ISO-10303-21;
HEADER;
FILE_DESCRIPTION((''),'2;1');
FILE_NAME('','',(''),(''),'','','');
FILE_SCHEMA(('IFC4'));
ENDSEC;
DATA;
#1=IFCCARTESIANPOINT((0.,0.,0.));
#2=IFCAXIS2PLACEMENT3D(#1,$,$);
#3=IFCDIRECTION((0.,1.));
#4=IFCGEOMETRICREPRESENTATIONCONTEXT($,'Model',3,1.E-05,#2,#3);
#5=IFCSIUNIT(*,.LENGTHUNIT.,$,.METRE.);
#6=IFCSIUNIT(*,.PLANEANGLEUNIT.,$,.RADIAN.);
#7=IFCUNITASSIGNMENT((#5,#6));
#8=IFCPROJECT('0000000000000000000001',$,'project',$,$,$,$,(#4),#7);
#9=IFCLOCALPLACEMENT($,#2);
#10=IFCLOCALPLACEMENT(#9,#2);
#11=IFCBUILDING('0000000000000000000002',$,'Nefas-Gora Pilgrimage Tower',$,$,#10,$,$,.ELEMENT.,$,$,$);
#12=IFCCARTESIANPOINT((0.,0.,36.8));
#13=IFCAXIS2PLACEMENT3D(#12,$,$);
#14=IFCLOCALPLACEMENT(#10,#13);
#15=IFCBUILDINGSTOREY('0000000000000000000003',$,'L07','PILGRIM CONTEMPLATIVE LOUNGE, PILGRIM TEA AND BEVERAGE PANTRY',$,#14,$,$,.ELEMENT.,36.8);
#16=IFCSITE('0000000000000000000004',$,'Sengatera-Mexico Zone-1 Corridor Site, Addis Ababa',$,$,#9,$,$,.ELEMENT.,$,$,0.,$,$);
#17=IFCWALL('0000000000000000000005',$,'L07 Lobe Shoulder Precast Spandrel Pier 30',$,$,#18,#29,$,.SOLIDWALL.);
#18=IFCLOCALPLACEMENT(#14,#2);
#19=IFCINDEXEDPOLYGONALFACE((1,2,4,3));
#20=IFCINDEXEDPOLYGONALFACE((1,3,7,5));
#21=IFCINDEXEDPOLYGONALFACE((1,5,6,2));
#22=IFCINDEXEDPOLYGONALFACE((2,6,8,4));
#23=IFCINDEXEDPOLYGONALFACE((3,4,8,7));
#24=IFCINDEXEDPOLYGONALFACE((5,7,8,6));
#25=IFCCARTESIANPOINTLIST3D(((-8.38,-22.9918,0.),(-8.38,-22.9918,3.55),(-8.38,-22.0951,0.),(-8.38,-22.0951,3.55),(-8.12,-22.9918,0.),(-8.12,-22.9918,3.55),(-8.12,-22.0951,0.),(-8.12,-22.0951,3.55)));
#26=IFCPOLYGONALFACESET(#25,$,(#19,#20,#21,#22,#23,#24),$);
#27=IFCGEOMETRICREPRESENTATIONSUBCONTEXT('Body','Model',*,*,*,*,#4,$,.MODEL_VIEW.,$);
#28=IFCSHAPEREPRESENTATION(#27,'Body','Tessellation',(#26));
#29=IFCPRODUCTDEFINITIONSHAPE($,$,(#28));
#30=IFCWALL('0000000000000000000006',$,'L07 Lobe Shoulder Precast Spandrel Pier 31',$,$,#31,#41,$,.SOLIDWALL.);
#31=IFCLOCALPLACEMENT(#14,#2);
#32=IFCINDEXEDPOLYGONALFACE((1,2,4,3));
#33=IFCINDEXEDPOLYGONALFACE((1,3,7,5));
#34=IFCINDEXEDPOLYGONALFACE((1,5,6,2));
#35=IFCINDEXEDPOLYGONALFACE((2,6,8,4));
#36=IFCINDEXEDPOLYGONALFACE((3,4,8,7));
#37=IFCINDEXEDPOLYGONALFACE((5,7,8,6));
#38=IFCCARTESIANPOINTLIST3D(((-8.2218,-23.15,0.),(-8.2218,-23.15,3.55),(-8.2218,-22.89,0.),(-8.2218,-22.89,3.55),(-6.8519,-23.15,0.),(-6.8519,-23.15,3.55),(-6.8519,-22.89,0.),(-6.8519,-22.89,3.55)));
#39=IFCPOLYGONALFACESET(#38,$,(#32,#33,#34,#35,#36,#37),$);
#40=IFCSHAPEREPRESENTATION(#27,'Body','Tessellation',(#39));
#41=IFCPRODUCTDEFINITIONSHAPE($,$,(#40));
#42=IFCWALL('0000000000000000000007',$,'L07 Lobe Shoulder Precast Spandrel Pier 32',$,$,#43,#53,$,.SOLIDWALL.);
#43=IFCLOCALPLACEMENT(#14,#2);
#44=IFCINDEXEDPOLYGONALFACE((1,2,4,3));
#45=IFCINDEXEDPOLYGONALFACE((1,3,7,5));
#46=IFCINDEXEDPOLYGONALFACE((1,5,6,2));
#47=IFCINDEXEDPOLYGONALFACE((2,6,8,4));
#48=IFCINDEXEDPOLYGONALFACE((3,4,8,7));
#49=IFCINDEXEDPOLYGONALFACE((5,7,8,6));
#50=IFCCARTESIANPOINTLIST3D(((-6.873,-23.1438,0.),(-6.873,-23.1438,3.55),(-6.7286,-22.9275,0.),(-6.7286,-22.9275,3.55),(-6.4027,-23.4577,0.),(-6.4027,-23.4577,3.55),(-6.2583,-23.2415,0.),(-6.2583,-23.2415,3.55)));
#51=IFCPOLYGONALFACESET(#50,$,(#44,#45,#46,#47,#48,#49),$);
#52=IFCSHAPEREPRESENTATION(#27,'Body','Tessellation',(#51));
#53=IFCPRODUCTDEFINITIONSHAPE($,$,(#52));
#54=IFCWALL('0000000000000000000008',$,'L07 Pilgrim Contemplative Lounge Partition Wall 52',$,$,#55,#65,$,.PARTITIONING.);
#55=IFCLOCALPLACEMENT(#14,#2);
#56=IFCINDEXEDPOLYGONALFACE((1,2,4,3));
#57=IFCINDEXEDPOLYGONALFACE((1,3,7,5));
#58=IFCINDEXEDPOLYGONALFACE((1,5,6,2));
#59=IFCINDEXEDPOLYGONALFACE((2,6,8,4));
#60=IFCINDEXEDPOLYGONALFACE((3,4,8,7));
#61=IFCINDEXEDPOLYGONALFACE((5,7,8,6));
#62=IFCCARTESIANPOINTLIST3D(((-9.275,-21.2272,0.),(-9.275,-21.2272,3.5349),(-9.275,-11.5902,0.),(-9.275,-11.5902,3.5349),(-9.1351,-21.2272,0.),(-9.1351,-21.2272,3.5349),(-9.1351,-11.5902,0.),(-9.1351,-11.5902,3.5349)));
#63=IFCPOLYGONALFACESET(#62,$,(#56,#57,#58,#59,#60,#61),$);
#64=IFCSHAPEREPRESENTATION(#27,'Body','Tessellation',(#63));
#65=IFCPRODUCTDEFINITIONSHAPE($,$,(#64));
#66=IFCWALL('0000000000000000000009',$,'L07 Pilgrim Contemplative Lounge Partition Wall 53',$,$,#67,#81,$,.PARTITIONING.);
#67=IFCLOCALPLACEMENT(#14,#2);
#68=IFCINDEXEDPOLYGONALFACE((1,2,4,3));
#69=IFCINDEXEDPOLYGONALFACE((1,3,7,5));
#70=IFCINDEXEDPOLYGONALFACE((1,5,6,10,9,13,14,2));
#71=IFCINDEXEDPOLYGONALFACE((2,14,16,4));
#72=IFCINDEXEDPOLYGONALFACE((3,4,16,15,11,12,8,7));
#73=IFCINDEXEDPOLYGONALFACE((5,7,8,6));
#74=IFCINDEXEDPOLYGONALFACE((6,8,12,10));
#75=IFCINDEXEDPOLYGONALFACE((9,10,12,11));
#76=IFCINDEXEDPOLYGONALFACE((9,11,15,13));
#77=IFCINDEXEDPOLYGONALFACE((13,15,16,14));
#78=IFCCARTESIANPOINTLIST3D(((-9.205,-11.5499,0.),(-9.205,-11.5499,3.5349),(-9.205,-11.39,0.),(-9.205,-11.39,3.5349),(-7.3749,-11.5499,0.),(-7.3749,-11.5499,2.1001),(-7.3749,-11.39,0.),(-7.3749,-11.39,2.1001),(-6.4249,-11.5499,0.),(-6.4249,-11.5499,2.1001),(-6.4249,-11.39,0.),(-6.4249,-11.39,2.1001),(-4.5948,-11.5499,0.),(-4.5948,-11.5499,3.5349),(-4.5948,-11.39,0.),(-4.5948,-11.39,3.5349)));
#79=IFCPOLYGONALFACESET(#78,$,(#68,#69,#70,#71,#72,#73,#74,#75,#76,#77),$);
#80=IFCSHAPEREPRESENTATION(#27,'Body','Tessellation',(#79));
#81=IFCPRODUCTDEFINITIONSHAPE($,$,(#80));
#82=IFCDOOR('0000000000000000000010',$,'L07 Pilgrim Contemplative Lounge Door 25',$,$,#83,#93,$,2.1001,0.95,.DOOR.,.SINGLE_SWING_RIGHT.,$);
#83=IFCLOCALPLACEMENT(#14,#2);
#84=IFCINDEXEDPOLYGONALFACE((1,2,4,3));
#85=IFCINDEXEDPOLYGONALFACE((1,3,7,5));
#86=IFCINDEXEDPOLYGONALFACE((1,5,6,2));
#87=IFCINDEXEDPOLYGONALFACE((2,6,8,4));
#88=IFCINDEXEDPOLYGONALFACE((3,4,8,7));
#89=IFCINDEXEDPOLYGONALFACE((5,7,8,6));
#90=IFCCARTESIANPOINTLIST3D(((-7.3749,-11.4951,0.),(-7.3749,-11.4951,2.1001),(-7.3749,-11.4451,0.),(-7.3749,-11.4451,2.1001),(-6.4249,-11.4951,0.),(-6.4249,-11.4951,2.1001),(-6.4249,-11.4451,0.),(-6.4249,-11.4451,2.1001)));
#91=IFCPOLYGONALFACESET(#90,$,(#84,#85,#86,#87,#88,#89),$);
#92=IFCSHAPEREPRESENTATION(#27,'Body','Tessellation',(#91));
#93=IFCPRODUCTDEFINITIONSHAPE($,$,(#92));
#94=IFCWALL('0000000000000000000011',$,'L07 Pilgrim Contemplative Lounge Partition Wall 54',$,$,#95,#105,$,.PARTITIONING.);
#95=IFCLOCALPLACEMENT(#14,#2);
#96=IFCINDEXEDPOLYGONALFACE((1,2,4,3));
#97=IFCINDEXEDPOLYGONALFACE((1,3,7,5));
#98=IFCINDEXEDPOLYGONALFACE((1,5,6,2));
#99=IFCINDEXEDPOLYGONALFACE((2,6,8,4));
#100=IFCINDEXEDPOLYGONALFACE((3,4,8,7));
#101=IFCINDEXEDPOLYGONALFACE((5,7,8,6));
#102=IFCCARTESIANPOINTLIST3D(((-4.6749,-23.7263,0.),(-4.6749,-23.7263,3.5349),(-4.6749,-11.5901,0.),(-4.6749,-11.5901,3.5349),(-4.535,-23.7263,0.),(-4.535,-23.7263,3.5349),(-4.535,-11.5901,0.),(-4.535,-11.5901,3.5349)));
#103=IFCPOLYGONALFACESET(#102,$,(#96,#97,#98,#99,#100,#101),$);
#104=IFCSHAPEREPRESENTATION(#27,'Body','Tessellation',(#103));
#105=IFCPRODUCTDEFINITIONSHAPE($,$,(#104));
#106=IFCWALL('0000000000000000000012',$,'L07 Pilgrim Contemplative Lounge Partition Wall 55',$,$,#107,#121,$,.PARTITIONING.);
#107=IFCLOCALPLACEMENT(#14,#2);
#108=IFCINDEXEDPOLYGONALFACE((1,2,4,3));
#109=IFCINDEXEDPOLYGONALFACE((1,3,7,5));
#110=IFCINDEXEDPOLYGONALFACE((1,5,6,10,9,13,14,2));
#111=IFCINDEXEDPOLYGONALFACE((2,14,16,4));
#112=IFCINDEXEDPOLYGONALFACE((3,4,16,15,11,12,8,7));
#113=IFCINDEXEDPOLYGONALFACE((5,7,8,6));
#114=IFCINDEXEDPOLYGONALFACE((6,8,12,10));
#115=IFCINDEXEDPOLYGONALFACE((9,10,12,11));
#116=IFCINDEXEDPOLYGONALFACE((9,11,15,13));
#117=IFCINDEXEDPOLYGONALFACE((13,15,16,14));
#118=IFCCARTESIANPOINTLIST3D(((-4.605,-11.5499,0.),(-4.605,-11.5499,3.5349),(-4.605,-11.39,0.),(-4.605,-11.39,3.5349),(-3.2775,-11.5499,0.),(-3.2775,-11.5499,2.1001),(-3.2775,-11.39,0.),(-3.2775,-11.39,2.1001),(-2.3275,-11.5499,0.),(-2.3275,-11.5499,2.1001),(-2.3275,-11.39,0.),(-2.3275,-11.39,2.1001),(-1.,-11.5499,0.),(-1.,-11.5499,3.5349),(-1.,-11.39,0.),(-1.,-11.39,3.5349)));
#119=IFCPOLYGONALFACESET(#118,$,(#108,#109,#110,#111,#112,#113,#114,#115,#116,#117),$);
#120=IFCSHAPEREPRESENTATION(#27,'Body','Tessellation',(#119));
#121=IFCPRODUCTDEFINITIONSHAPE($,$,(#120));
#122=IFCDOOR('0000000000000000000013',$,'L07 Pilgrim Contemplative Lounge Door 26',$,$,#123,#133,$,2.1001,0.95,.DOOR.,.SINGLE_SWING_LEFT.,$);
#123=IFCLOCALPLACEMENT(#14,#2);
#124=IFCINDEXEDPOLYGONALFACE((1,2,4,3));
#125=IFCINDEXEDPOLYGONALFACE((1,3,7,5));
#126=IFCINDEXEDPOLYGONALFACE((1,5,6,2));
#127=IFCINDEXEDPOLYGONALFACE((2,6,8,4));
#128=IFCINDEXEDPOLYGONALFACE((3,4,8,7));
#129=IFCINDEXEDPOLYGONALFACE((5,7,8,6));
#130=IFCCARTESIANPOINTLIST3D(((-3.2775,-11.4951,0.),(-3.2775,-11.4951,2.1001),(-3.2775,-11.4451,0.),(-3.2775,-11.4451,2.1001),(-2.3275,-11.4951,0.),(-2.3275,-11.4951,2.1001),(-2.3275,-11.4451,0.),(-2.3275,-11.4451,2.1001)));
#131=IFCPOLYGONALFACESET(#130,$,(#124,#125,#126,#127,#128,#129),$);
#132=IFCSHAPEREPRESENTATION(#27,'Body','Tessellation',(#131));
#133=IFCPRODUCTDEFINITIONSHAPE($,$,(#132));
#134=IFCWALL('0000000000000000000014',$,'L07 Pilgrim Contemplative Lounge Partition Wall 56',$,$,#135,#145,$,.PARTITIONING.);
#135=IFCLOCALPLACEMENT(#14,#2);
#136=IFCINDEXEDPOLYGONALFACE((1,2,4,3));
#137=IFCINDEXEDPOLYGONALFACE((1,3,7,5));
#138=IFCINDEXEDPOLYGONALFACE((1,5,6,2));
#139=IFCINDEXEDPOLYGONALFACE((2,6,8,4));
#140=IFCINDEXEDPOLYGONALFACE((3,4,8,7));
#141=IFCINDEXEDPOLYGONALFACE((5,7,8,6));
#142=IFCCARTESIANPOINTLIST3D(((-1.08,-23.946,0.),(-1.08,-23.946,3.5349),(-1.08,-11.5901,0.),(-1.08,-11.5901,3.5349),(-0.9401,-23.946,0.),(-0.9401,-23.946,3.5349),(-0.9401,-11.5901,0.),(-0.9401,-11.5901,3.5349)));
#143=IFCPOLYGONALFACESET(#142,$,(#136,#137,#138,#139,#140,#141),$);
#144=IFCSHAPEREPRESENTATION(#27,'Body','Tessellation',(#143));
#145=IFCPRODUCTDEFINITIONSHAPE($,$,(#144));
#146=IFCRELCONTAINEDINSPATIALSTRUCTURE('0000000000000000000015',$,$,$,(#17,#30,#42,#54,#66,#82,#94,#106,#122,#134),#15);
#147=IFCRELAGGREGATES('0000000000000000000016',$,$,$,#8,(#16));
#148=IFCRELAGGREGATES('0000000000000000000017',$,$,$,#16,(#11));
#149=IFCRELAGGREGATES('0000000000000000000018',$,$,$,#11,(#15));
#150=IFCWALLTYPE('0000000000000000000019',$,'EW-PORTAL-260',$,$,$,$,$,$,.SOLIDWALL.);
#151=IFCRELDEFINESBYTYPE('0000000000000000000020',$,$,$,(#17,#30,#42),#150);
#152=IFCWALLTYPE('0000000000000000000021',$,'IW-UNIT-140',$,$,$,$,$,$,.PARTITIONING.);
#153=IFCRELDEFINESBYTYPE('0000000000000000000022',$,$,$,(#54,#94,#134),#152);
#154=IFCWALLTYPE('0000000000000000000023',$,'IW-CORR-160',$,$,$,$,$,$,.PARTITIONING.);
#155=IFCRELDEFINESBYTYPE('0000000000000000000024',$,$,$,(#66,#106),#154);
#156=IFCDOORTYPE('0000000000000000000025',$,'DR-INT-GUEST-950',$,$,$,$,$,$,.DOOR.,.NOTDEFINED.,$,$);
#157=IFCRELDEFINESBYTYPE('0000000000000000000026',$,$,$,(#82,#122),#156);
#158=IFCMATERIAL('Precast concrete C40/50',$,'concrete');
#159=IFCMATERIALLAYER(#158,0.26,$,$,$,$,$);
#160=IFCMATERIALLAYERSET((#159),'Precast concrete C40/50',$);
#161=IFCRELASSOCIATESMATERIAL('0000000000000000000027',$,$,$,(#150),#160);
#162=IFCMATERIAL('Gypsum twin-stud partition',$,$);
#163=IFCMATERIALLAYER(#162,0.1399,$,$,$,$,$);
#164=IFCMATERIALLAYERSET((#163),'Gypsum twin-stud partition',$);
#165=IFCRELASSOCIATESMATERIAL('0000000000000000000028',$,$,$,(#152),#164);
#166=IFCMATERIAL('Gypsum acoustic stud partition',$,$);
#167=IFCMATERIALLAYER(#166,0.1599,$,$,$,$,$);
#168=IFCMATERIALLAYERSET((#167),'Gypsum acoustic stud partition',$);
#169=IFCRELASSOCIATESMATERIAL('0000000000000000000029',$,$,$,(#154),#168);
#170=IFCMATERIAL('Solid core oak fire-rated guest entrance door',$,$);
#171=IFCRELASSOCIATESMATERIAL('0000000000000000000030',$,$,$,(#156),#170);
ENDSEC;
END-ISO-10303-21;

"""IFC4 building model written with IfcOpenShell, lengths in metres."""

from ifc_helpers import new_model, si_unit, direction, frame, frame_2d, origin, place, context, subcontext, project, spatial, rectangle, extrude, source, transform, mapped, material, layer, layer_set, type_object, element, fill, save


model = new_model("IFC4")

# Units and contexts
model_context = context("Model", 3, precision=1e-05, world=origin(), true_north=direction((0.0, 1.0)))
body_context = subcontext(model_context, "Body", "Model", "MODEL_VIEW")
ifc_project = project(units=[si_unit("LENGTHUNIT", "METRE"), si_unit("PLANEANGLEUNIT", "RADIAN")], contexts=[model_context])

# Site, building, storey
site_placement = place(None, origin())
site = spatial("IfcSite", under=ifc_project, at=site_placement, Name="Sengatera-Mexico Zone-1 Corridor Site, Addis Ababa", CompositionType="ELEMENT", RefElevation=0.0)
building_placement = place(site_placement, origin())
building = spatial("IfcBuilding", under=site, at=building_placement, Name="Nefas-Gora Pilgrimage Tower", CompositionType="ELEMENT")
storey_placement = place(building_placement, frame((0.0, 0.0, 36.8)))
storey = spatial("IfcBuildingStorey", under=building, at=storey_placement, Name="L07", Description="PILGRIM CONTEMPLATIVE LOUNGE, PILGRIM TEA AND BEVERAGE PANTRY", CompositionType="ELEMENT", Elevation=36.8)

# Walls
ifc_material_1 = material(Name="Precast concrete C40/50", Category="concrete")
ifc_layer_1 = layer(ifc_material_1, 0.26)
ifc_layer_set_1 = layer_set([ifc_layer_1], Name="Precast concrete C40/50")
wall_type_1 = type_object("IfcWallType", Name="EW-PORTAL-260", PredefinedType="SOLIDWALL", material=ifc_layer_set_1)
shared_shape_1 = source(origin(), body_context, "Body", "SweptSolid", [
    extrude(rectangle(XDim=0.8967, YDim=0.26, at=frame_2d((0.4482, 0.0))), origin(), (0.0, 0.0, 1.0), 3.55),
])
wall_1_placement = place(storey_placement, frame((-8.25, -22.0952, 0.0), z_axis=(0.0, 0.0, 1.0), x_axis=(0.0, -1.0, 0.0)))
element("IfcWall", 1, at=wall_1_placement, inside=storey, type_object=wall_type_1, Name="L07 Lobe Shoulder Precast Spandrel Pier 30", PredefinedType="SOLIDWALL", context=body_context, shape_type="MappedRepresentation", body=[
    mapped(shared_shape_1, transform((0.0, 0.0, 0.0), x_axis=(1.0, 0.0, 0.0), y_axis=(0.0, 1.0, 0.0), z_axis=(0.0, 0.0, 1.0), scale=1.0)),
])
shared_shape_2 = source(origin(), body_context, "Body", "SweptSolid", [
    extrude(rectangle(XDim=1.3699, YDim=0.26, at=frame_2d((0.6851, 0.0))), origin(), (0.0, 0.0, 1.0), 3.55),
])
wall_2_placement = place(storey_placement, frame((-8.2219, -23.02, 0.0), z_axis=(0.0, 0.0, 1.0), x_axis=(1.0, 0.0, 0.0)))
element("IfcWall", 2, at=wall_2_placement, inside=storey, type_object=wall_type_1, Name="L07 Lobe Shoulder Precast Spandrel Pier 31", PredefinedType="SOLIDWALL", context=body_context, shape_type="MappedRepresentation", body=[
    mapped(shared_shape_2, transform((0.0, 0.0, 0.0), x_axis=(1.0, 0.0, 0.0), y_axis=(0.0, 1.0, 0.0), z_axis=(0.0, 0.0, 1.0), scale=1.0)),
])
shared_shape_3 = source(origin(), body_context, "Body", "SweptSolid", [
    extrude(rectangle(XDim=0.5654, YDim=0.26, at=frame_2d((0.2827, 0.0))), origin(), (0.0, 0.0, 1.0), 3.55),
])
wall_3_placement = place(storey_placement, frame((-6.8008, -23.0356, 0.0), z_axis=(0.0, 0.0, 1.0), x_axis=(0.831651, -0.555298, 0.0)))
element("IfcWall", 3, at=wall_3_placement, inside=storey, type_object=wall_type_1, Name="L07 Lobe Shoulder Precast Spandrel Pier 32", PredefinedType="SOLIDWALL", context=body_context, shape_type="MappedRepresentation", body=[
    mapped(shared_shape_3, transform((0.0, 0.0, 0.0), x_axis=(1.0, 0.0, 0.0), y_axis=(0.0, 1.0, 0.0), z_axis=(0.0, 0.0, 1.0), scale=1.0)),
])
ifc_material_2 = material(Name="Gypsum twin-stud partition")
ifc_layer_2 = layer(ifc_material_2, 0.1399)
ifc_layer_set_2 = layer_set([ifc_layer_2], Name="Gypsum twin-stud partition")
wall_type_2 = type_object("IfcWallType", Name="IW-UNIT-140", PredefinedType="PARTITIONING", material=ifc_layer_set_2)
shared_shape_4 = source(origin(), body_context, "Body", "SweptSolid", [
    extrude(rectangle(XDim=9.637, YDim=0.1399, at=frame_2d((4.8184, 0.0))), origin(), (0.0, 0.0, 1.0), 3.5349),
])
wall_4_placement = place(storey_placement, frame((-9.2051, -21.2271, 0.0), z_axis=(0.0, 0.0, 1.0), x_axis=(0.0, 1.0, 0.0)))
element("IfcWall", 4, at=wall_4_placement, inside=storey, type_object=wall_type_2, Name="L07 Pilgrim Contemplative Lounge Partition Wall 52", PredefinedType="PARTITIONING", context=body_context, shape_type="MappedRepresentation", body=[
    mapped(shared_shape_4, transform((0.0, 0.0, 0.0), x_axis=(1.0, 0.0, 0.0), y_axis=(0.0, 1.0, 0.0), z_axis=(0.0, 0.0, 1.0), scale=1.0)),
])

# Wall, opening, door
ifc_material_3 = material(Name="Gypsum acoustic stud partition")
ifc_layer_3 = layer(ifc_material_3, 0.1599)
ifc_layer_set_3 = layer_set([ifc_layer_3], Name="Gypsum acoustic stud partition")
wall_type_3 = type_object("IfcWallType", Name="IW-CORR-160", PredefinedType="PARTITIONING", material=ifc_layer_set_3)
shared_shape_5 = source(origin(), body_context, "Body", "SweptSolid", [
    extrude(rectangle(XDim=4.6101, YDim=0.1599, at=frame_2d((2.3052, 0.0))), origin(), (0.0, 0.0, 1.0), 3.5349),
])
wall_5_placement = place(storey_placement, frame((-9.2051, -11.47, 0.0), z_axis=(0.0, 0.0, 1.0), x_axis=(1.0, 0.0, 0.0)))
wall_5 = element("IfcWall", 5, at=wall_5_placement, inside=storey, type_object=wall_type_3, Name="L07 Pilgrim Contemplative Lounge Partition Wall 53", PredefinedType="PARTITIONING", context=body_context, shape_type="MappedRepresentation", body=[
    mapped(shared_shape_5, transform((0.0, 0.0, 0.0), x_axis=(1.0, 0.0, 0.0), y_axis=(0.0, 1.0, 0.0), z_axis=(0.0, 0.0, 1.0), scale=1.0)),
])
opening_1_placement = place(wall_5_placement, frame((1.8301, 0.0, 0.0)))
opening_1 = element("IfcOpeningElement", 6, at=opening_1_placement, cuts=wall_5, PredefinedType="OPENING", context=body_context, shape_type="SweptSolid", body=[
    extrude(rectangle(XDim=0.95, YDim=2.1001, at=frame_2d((0.4751, 1.05))), frame((0.0, 0.0898, 0.0), z_axis=(0.0, -1.0, 0.0), x_axis=(1.0, 0.0, 0.0)), (0.0, 0.0, 1.0), 0.1799),
])
ifc_material_4 = material(Name="Solid core oak fire-rated guest entrance door")
door_type = type_object("IfcDoorType", Name="DR-INT-GUEST-950", OperationType="NOTDEFINED", PredefinedType="DOOR", material=ifc_material_4)
shared_shape_6 = source(origin(), body_context, "Body", "SweptSolid", [
    extrude(rectangle(XDim=0.95, YDim=2.1001, at=frame_2d((0.4751, 1.05))), frame((0.0, 0.0249, 0.0), z_axis=(0.0, -1.0, 0.0), x_axis=(1.0, 0.0, 0.0)), (0.0, 0.0, 1.0), 0.05),
])
door_1_placement = place(opening_1_placement, origin())
door_1 = element("IfcDoor", 7, at=door_1_placement, inside=storey, type_object=door_type, Name="L07 Pilgrim Contemplative Lounge Door 25", OperationType="SINGLE_SWING_RIGHT", OverallHeight=2.1001, OverallWidth=0.95, PredefinedType="DOOR", context=body_context, shape_type="MappedRepresentation", body=[
    mapped(shared_shape_6, transform((0.0, 0.0, 0.0), x_axis=(1.0, 0.0, 0.0), y_axis=(0.0, 1.0, 0.0), z_axis=(0.0, 0.0, 1.0), scale=1.0)),
])
fill(opening_1, door_1)

# Wall
shared_shape_7 = source(origin(), body_context, "Body", "SweptSolid", [
    extrude(rectangle(XDim=12.1362, YDim=0.1399, at=frame_2d((6.0681, 0.0))), origin(), (0.0, 0.0, 1.0), 3.5349),
])
wall_6_placement = place(storey_placement, frame((-4.605, -23.7263, 0.0), z_axis=(0.0, 0.0, 1.0), x_axis=(0.0, 1.0, 0.0)))
element("IfcWall", 8, at=wall_6_placement, inside=storey, type_object=wall_type_2, Name="L07 Pilgrim Contemplative Lounge Partition Wall 54", PredefinedType="PARTITIONING", context=body_context, shape_type="MappedRepresentation", body=[
    mapped(shared_shape_7, transform((0.0, 0.0, 0.0), x_axis=(1.0, 0.0, 0.0), y_axis=(0.0, 1.0, 0.0), z_axis=(0.0, 0.0, 1.0), scale=1.0)),
])

# Wall, opening, door
shared_shape_8 = source(origin(), body_context, "Body", "SweptSolid", [
    extrude(rectangle(XDim=3.605, YDim=0.1599, at=frame_2d((1.8025, 0.0))), origin(), (0.0, 0.0, 1.0), 3.5349),
])
wall_7_placement = place(storey_placement, frame((-4.605, -11.47, 0.0), z_axis=(0.0, 0.0, 1.0), x_axis=(1.0, 0.0, 0.0)))
wall_7 = element("IfcWall", 9, at=wall_7_placement, inside=storey, type_object=wall_type_3, Name="L07 Pilgrim Contemplative Lounge Partition Wall 55", PredefinedType="PARTITIONING", context=body_context, shape_type="MappedRepresentation", body=[
    mapped(shared_shape_8, transform((0.0, 0.0, 0.0), x_axis=(1.0, 0.0, 0.0), y_axis=(0.0, 1.0, 0.0), z_axis=(0.0, 0.0, 1.0), scale=1.0)),
])
opening_2_placement = place(wall_7_placement, frame((1.3274, 0.0, 0.0)))
opening_2 = element("IfcOpeningElement", 10, at=opening_2_placement, cuts=wall_7, PredefinedType="OPENING", context=body_context, shape_type="SweptSolid", body=[
    extrude(rectangle(XDim=0.95, YDim=2.1001, at=frame_2d((0.4751, 1.05))), frame((0.0, 0.0898, 0.0), z_axis=(0.0, -1.0, 0.0), x_axis=(1.0, 0.0, 0.0)), (0.0, 0.0, 1.0), 0.1799),
])
door_2_placement = place(opening_2_placement, origin())
door_2 = element("IfcDoor", 11, at=door_2_placement, inside=storey, type_object=door_type, Name="L07 Pilgrim Contemplative Lounge Door 26", OperationType="SINGLE_SWING_LEFT", OverallHeight=2.1001, OverallWidth=0.95, PredefinedType="DOOR", context=body_context, shape_type="MappedRepresentation", body=[
    mapped(shared_shape_6, transform((0.0, 0.0, 0.0), x_axis=(1.0, 0.0, 0.0), y_axis=(0.0, 1.0, 0.0), z_axis=(0.0, 0.0, 1.0), scale=1.0)),
])
fill(opening_2, door_2)

# Wall
shared_shape_9 = source(origin(), body_context, "Body", "SweptSolid", [
    extrude(rectangle(XDim=12.356, YDim=0.1399, at=frame_2d((6.178, 0.0))), origin(), (0.0, 0.0, 1.0), 3.5349),
])
wall_8_placement = place(storey_placement, frame((-1.01, -23.946, 0.0), z_axis=(0.0, 0.0, 1.0), x_axis=(0.0, 1.0, 0.0)))
element("IfcWall", 12, at=wall_8_placement, inside=storey, type_object=wall_type_2, Name="L07 Pilgrim Contemplative Lounge Partition Wall 56", PredefinedType="PARTITIONING", context=body_context, shape_type="MappedRepresentation", body=[
    mapped(shared_shape_9, transform((0.0, 0.0, 0.0), x_axis=(1.0, 0.0, 0.0), y_axis=(0.0, 1.0, 0.0), z_axis=(0.0, 0.0, 1.0), scale=1.0)),
])

save(model, "model.ifc")
